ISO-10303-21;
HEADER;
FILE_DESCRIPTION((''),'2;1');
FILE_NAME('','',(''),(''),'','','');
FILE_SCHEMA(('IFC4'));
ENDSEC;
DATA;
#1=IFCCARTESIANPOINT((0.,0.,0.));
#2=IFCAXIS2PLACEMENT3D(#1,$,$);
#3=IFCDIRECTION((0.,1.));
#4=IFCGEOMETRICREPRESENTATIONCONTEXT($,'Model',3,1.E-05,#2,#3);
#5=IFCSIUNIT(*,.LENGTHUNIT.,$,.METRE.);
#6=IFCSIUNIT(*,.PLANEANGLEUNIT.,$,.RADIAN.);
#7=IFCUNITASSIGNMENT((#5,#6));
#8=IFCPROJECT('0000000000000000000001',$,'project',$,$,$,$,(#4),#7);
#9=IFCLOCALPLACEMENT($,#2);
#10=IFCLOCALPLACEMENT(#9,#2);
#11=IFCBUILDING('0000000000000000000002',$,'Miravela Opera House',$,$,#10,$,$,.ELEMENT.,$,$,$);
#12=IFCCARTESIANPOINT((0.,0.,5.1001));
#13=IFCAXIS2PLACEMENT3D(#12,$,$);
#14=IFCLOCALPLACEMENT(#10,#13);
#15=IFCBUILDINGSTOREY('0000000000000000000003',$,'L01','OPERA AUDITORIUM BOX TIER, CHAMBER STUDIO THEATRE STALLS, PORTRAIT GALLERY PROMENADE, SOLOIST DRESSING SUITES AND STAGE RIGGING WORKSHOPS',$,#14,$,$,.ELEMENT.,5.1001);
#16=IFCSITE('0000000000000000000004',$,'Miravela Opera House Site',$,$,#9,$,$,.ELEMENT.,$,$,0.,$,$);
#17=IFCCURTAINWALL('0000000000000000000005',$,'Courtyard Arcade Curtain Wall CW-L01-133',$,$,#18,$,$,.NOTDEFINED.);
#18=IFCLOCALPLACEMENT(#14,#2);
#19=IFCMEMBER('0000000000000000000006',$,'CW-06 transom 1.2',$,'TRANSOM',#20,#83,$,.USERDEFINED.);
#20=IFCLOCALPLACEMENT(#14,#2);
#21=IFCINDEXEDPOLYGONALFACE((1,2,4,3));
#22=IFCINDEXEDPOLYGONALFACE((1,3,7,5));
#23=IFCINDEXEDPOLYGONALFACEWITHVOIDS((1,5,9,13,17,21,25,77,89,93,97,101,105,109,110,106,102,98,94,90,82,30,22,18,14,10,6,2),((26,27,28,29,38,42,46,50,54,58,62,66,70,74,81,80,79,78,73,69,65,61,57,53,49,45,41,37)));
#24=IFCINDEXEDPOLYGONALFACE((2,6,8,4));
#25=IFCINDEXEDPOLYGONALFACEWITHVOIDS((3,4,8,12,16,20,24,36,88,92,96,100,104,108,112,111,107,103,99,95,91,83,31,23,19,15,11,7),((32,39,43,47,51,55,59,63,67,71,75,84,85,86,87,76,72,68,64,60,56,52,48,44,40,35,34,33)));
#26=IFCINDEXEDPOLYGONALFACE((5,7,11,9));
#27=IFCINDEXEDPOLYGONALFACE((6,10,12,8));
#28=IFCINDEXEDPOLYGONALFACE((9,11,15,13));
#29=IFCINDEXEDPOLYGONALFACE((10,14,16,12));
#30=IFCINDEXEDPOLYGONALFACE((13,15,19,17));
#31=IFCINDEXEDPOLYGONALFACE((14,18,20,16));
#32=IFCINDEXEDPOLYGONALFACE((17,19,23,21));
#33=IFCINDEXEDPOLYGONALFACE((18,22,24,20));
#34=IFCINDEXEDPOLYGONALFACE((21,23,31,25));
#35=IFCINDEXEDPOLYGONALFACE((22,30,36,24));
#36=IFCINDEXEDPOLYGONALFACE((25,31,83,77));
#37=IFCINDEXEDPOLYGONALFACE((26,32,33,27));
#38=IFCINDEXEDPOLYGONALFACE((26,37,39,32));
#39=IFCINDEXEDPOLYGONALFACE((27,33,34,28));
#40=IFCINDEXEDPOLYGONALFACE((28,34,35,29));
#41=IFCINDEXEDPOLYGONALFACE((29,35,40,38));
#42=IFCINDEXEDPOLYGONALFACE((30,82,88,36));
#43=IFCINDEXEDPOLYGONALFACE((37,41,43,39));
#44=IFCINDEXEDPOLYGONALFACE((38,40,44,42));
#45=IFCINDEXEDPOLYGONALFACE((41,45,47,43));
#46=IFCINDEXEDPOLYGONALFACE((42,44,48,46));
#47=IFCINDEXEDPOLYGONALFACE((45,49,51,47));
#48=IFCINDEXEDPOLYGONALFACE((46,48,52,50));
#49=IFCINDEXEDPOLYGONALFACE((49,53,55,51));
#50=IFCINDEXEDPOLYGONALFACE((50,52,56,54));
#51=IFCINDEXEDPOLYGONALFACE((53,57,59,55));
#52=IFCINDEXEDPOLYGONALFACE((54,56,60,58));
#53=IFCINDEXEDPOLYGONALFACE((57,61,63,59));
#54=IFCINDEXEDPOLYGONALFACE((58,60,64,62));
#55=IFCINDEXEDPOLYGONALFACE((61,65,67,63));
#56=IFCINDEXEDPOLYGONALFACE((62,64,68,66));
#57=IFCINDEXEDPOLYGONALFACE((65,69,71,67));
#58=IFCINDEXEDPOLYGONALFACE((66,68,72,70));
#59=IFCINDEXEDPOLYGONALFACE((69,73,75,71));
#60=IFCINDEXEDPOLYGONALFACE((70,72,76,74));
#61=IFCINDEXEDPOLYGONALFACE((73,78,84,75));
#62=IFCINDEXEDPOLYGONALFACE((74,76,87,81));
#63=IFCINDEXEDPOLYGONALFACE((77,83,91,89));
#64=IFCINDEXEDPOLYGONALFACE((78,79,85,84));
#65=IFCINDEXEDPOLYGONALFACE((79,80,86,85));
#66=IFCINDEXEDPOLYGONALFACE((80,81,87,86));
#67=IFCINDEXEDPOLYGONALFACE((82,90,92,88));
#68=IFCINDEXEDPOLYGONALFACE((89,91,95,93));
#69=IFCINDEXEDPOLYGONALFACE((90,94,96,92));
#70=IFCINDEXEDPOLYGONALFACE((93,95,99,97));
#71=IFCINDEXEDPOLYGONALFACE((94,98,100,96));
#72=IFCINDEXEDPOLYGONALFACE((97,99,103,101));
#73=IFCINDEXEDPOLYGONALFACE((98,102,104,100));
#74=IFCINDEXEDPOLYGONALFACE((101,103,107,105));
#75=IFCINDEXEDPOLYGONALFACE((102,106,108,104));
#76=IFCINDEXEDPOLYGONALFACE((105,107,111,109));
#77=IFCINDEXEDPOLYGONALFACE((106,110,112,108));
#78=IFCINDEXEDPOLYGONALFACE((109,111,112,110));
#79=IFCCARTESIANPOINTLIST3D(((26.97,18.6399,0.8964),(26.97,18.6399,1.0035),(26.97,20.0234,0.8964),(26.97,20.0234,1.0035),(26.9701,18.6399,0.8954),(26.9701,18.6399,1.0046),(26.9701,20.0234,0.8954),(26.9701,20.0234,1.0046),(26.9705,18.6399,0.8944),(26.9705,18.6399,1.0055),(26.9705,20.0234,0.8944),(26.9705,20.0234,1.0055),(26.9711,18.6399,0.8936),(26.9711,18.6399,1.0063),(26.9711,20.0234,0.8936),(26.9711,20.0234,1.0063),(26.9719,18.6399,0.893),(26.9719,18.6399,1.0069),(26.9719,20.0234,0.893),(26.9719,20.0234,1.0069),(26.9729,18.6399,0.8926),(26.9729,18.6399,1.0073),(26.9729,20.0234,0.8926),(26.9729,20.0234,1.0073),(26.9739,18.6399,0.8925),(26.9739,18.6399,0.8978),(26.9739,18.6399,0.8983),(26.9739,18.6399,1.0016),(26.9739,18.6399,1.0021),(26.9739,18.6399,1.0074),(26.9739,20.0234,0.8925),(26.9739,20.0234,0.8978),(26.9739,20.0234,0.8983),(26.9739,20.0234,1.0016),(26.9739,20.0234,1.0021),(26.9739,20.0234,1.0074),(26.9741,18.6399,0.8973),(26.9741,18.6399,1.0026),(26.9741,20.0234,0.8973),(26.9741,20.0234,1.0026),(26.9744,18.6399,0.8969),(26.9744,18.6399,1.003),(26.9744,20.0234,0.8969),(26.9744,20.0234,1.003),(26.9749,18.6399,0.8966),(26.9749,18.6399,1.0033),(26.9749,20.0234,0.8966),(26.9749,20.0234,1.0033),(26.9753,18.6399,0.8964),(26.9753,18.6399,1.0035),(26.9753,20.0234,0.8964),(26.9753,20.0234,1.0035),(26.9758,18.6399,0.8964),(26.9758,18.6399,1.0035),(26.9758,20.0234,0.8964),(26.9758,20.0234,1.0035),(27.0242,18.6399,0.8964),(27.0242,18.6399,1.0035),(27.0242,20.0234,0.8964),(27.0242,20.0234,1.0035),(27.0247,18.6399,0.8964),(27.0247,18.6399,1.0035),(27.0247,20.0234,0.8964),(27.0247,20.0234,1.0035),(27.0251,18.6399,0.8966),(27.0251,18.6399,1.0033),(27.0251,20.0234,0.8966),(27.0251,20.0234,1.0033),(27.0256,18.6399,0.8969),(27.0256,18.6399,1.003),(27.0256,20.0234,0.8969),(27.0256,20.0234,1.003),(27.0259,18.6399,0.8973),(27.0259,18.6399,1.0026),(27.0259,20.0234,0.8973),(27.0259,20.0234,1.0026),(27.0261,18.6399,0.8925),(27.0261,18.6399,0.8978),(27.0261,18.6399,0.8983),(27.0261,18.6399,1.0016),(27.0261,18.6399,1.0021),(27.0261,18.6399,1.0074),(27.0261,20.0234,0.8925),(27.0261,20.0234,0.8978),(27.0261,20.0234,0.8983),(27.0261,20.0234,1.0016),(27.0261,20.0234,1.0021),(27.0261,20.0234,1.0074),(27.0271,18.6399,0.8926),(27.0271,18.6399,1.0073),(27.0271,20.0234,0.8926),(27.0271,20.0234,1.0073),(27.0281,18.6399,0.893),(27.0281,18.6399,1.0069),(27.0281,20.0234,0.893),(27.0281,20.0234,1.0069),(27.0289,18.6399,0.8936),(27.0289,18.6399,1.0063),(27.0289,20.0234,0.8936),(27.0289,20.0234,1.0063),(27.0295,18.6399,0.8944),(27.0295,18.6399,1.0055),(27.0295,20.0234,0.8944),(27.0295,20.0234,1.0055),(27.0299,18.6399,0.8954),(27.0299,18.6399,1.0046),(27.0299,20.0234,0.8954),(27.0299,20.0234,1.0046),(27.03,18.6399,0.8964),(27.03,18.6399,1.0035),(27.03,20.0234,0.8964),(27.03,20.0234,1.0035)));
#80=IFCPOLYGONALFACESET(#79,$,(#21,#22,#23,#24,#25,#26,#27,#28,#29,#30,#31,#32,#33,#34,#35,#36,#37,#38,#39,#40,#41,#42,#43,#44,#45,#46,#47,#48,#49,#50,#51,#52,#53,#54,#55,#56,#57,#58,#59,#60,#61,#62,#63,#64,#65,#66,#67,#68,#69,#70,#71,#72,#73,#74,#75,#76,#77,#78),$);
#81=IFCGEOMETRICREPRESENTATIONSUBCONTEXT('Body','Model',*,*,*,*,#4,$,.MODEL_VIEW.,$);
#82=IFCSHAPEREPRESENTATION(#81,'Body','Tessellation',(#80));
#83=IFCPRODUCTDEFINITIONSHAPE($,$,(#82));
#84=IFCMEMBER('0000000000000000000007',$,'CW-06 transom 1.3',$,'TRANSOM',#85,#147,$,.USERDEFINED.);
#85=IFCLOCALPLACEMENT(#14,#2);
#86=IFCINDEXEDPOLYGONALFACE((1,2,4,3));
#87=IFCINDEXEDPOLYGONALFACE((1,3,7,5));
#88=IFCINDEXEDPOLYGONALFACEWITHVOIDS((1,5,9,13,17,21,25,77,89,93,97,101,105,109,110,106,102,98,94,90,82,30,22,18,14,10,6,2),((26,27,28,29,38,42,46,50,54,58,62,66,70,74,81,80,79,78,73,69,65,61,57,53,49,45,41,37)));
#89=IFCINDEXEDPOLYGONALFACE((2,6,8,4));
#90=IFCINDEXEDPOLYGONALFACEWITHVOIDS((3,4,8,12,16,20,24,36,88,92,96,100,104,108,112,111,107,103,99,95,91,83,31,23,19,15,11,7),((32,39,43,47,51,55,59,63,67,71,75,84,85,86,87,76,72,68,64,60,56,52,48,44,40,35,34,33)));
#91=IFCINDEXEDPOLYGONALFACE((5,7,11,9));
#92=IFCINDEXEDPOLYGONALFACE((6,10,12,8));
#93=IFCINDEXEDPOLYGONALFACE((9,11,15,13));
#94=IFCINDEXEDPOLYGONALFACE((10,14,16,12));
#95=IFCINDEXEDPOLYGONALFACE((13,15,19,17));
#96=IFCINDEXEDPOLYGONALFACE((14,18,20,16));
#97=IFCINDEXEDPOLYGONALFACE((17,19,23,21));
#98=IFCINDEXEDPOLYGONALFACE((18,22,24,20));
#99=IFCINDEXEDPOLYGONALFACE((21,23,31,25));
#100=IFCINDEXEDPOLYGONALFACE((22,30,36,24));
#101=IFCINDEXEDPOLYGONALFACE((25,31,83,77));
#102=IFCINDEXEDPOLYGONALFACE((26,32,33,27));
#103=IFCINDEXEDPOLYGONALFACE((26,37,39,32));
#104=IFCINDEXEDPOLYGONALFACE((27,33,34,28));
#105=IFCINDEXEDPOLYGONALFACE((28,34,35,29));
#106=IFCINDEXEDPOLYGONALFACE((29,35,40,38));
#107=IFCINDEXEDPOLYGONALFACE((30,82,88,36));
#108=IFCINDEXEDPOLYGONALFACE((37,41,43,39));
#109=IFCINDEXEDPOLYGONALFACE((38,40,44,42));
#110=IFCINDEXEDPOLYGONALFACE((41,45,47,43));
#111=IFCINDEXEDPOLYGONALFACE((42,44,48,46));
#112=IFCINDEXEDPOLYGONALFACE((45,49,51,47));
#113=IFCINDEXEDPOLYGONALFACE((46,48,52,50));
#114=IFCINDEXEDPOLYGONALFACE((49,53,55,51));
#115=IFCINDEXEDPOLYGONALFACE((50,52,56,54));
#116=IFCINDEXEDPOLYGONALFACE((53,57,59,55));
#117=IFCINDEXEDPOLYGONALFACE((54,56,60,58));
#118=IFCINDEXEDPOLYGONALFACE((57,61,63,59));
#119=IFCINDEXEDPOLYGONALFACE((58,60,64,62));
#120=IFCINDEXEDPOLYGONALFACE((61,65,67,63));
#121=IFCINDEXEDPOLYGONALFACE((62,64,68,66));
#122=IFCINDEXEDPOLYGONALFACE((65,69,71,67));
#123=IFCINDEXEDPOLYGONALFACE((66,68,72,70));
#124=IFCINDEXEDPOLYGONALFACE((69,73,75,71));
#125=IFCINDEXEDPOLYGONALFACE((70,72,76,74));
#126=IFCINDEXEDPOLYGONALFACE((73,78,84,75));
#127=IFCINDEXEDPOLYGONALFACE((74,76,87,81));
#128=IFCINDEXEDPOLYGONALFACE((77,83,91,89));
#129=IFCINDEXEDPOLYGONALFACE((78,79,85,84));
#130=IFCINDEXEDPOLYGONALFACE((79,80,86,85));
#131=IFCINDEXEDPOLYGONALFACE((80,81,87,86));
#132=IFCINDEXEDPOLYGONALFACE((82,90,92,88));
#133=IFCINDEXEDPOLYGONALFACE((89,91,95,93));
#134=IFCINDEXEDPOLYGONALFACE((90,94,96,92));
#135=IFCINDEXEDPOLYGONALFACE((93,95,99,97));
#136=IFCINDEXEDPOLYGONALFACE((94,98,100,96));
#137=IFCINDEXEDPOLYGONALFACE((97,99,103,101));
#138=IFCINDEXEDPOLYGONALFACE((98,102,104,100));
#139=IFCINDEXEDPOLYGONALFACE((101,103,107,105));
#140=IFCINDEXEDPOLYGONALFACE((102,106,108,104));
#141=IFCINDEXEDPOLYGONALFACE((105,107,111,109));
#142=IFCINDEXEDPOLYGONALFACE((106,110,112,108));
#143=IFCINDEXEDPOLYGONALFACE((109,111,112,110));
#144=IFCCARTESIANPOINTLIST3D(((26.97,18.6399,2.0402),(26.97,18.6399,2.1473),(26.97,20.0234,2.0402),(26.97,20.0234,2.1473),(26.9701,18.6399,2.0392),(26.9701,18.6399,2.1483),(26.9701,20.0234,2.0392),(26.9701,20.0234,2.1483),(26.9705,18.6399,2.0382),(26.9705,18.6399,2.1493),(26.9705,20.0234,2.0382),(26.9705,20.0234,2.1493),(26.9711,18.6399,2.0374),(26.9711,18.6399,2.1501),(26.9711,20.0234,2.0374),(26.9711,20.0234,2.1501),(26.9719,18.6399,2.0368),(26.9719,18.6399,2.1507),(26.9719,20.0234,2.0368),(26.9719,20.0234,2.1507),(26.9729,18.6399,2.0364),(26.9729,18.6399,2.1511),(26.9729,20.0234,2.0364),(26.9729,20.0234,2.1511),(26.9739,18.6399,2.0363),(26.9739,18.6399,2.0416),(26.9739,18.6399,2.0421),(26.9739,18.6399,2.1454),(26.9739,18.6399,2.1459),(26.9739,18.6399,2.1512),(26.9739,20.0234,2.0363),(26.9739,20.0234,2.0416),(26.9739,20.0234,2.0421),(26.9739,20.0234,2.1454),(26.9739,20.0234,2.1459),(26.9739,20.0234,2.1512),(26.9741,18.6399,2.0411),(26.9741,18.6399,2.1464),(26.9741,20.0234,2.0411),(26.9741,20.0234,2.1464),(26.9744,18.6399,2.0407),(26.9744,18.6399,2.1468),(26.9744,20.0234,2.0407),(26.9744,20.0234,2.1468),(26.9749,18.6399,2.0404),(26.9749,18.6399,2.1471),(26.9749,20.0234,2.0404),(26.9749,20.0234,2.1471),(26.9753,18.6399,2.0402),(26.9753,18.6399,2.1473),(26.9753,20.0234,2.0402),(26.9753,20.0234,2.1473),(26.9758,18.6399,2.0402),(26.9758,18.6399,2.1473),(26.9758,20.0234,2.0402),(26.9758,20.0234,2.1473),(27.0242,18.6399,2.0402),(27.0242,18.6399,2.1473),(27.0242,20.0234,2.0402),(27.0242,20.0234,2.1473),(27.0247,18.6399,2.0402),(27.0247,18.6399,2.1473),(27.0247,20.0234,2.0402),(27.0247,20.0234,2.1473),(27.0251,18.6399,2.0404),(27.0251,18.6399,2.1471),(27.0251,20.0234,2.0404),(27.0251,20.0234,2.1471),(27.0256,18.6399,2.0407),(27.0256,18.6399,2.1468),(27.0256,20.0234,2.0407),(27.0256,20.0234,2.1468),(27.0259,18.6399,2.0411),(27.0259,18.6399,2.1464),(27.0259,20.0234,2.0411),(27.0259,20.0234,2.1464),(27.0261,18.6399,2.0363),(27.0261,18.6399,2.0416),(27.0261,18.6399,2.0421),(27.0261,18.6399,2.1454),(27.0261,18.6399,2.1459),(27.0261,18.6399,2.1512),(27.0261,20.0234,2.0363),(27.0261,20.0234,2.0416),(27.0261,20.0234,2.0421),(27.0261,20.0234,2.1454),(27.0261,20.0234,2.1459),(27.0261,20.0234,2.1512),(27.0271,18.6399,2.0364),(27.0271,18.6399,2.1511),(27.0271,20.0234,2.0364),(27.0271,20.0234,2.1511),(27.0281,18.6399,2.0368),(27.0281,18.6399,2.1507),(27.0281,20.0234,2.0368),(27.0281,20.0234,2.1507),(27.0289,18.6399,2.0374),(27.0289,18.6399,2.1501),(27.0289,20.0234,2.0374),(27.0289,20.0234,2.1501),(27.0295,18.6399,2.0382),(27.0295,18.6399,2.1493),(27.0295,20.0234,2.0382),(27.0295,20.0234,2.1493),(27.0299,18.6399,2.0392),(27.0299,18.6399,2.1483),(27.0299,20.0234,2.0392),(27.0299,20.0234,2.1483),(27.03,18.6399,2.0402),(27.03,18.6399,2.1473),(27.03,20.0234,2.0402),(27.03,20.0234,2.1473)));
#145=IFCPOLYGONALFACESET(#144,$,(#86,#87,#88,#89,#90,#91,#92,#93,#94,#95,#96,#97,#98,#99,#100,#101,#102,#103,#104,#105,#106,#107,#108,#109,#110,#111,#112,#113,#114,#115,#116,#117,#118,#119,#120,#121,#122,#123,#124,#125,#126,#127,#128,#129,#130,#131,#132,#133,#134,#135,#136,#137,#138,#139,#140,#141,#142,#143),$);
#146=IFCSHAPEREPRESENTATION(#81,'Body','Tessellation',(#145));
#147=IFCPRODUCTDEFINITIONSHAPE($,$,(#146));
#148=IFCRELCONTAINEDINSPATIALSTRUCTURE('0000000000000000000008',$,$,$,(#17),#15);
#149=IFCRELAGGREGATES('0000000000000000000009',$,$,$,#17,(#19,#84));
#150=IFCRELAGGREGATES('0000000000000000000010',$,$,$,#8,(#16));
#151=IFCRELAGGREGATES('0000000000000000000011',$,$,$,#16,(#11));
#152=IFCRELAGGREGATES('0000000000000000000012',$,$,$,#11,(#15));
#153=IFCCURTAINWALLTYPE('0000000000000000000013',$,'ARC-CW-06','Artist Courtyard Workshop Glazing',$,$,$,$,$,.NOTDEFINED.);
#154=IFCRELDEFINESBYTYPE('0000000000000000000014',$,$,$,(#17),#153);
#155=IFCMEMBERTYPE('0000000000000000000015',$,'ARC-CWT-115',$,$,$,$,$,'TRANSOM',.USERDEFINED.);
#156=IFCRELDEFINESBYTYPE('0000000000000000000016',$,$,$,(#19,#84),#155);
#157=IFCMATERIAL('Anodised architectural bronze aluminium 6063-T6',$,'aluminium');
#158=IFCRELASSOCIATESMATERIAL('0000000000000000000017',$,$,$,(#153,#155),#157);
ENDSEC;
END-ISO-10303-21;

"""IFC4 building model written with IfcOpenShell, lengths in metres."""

from ifc_helpers import new_model, si_unit, direction, frame, origin, origin_2d, place, context, subcontext, project, spatial, hollow_rectangle, extrude, material, material_profile, profile_set, type_object, element, aggregate, save


model = new_model("IFC4")

# Units and contexts
model_context = context("Model", 3, precision=1e-05, world=origin(), true_north=direction((0.0, 1.0)))
body_context = subcontext(model_context, "Body", "Model", "MODEL_VIEW")
ifc_project = project(units=[si_unit("LENGTHUNIT", "METRE"), si_unit("PLANEANGLEUNIT", "RADIAN")], contexts=[model_context])

# Site, building, storey
site_placement = place(None, origin())
site = spatial("IfcSite", under=ifc_project, at=site_placement, Name="Miravela Opera House Site", CompositionType="ELEMENT", RefElevation=0.0)
building_placement = place(site_placement, origin())
building = spatial("IfcBuilding", under=site, at=building_placement, Name="Miravela Opera House", CompositionType="ELEMENT")
storey_placement = place(building_placement, frame((0.0, 0.0, 5.1001)))
storey = spatial("IfcBuildingStorey", under=building, at=storey_placement, Name="L01", Description="OPERA AUDITORIUM BOX TIER, CHAMBER STUDIO THEATRE STALLS, PORTRAIT GALLERY PROMENADE, SOLOIST DRESSING SUITES AND STAGE RIGGING WORKSHOPS", CompositionType="ELEMENT", Elevation=5.1001)

# Shared definitions
ifc_material_1 = material(Name="Anodised architectural bronze aluminium 6063-T6", Category="aluminium")
curtain_wall_type = type_object("IfcCurtainWallType", Name="ARC-CW-06", Description="Artist Courtyard Workshop Glazing", PredefinedType="NOTDEFINED", material=ifc_material_1)

# Curtain wall
curtain_wall_1_placement = place(storey_placement, origin())
curtain_wall_1 = element("IfcCurtainWall", 1, at=curtain_wall_1_placement, inside=storey, type_object=curtain_wall_type, Name="Courtyard Arcade Curtain Wall CW-L01-133", PredefinedType="NOTDEFINED")

# Members
ifc_material_profile_1 = material_profile(ifc_material_1, hollow_rectangle(XDim=0.0601, YDim=0.115, WallThickness=0.0039, InnerFilletRadius=0.002, OuterFilletRadius=0.0039, at=origin_2d()), Name="CWT-60X115")
ifc_profile_set_1 = profile_set([ifc_material_profile_1])
member_type_1 = type_object("IfcMemberType", Name="ARC-CWT-115", ElementType="TRANSOM", PredefinedType="USERDEFINED", material=ifc_profile_set_1)
member_1_placement = place(storey_placement, frame((27.0, 18.6399, 0.95), z_axis=(0.0, 1.0, 0.0), x_axis=(-1.0, 0.0, 0.0)))
member_1 = element("IfcMember", 2, at=member_1_placement, type_object=member_type_1, Name="CW-06 transom 1.2", ObjectType="TRANSOM", PredefinedType="USERDEFINED", context=body_context, shape_type="SweptSolid", body=[
    extrude(hollow_rectangle(XDim=0.0601, YDim=0.115, WallThickness=0.0039, InnerFilletRadius=0.002, OuterFilletRadius=0.0039, at=origin_2d()), origin(), (0.0, 0.0, 1.0), 1.3835),
])
member_2_placement = place(storey_placement, frame((27.0, 18.6399, 2.0938), z_axis=(0.0, 1.0, 0.0), x_axis=(-1.0, 0.0, 0.0)))
member_2 = element("IfcMember", 3, at=member_2_placement, type_object=member_type_1, Name="CW-06 transom 1.3", ObjectType="TRANSOM", PredefinedType="USERDEFINED", context=body_context, shape_type="SweptSolid", body=[
    extrude(hollow_rectangle(XDim=0.0601, YDim=0.115, WallThickness=0.0039, InnerFilletRadius=0.002, OuterFilletRadius=0.0039, at=origin_2d()), origin(), (0.0, 0.0, 1.0), 1.3835),
])

aggregate(curtain_wall_1, [member_1, member_2])

save(model, "model.ifc")
